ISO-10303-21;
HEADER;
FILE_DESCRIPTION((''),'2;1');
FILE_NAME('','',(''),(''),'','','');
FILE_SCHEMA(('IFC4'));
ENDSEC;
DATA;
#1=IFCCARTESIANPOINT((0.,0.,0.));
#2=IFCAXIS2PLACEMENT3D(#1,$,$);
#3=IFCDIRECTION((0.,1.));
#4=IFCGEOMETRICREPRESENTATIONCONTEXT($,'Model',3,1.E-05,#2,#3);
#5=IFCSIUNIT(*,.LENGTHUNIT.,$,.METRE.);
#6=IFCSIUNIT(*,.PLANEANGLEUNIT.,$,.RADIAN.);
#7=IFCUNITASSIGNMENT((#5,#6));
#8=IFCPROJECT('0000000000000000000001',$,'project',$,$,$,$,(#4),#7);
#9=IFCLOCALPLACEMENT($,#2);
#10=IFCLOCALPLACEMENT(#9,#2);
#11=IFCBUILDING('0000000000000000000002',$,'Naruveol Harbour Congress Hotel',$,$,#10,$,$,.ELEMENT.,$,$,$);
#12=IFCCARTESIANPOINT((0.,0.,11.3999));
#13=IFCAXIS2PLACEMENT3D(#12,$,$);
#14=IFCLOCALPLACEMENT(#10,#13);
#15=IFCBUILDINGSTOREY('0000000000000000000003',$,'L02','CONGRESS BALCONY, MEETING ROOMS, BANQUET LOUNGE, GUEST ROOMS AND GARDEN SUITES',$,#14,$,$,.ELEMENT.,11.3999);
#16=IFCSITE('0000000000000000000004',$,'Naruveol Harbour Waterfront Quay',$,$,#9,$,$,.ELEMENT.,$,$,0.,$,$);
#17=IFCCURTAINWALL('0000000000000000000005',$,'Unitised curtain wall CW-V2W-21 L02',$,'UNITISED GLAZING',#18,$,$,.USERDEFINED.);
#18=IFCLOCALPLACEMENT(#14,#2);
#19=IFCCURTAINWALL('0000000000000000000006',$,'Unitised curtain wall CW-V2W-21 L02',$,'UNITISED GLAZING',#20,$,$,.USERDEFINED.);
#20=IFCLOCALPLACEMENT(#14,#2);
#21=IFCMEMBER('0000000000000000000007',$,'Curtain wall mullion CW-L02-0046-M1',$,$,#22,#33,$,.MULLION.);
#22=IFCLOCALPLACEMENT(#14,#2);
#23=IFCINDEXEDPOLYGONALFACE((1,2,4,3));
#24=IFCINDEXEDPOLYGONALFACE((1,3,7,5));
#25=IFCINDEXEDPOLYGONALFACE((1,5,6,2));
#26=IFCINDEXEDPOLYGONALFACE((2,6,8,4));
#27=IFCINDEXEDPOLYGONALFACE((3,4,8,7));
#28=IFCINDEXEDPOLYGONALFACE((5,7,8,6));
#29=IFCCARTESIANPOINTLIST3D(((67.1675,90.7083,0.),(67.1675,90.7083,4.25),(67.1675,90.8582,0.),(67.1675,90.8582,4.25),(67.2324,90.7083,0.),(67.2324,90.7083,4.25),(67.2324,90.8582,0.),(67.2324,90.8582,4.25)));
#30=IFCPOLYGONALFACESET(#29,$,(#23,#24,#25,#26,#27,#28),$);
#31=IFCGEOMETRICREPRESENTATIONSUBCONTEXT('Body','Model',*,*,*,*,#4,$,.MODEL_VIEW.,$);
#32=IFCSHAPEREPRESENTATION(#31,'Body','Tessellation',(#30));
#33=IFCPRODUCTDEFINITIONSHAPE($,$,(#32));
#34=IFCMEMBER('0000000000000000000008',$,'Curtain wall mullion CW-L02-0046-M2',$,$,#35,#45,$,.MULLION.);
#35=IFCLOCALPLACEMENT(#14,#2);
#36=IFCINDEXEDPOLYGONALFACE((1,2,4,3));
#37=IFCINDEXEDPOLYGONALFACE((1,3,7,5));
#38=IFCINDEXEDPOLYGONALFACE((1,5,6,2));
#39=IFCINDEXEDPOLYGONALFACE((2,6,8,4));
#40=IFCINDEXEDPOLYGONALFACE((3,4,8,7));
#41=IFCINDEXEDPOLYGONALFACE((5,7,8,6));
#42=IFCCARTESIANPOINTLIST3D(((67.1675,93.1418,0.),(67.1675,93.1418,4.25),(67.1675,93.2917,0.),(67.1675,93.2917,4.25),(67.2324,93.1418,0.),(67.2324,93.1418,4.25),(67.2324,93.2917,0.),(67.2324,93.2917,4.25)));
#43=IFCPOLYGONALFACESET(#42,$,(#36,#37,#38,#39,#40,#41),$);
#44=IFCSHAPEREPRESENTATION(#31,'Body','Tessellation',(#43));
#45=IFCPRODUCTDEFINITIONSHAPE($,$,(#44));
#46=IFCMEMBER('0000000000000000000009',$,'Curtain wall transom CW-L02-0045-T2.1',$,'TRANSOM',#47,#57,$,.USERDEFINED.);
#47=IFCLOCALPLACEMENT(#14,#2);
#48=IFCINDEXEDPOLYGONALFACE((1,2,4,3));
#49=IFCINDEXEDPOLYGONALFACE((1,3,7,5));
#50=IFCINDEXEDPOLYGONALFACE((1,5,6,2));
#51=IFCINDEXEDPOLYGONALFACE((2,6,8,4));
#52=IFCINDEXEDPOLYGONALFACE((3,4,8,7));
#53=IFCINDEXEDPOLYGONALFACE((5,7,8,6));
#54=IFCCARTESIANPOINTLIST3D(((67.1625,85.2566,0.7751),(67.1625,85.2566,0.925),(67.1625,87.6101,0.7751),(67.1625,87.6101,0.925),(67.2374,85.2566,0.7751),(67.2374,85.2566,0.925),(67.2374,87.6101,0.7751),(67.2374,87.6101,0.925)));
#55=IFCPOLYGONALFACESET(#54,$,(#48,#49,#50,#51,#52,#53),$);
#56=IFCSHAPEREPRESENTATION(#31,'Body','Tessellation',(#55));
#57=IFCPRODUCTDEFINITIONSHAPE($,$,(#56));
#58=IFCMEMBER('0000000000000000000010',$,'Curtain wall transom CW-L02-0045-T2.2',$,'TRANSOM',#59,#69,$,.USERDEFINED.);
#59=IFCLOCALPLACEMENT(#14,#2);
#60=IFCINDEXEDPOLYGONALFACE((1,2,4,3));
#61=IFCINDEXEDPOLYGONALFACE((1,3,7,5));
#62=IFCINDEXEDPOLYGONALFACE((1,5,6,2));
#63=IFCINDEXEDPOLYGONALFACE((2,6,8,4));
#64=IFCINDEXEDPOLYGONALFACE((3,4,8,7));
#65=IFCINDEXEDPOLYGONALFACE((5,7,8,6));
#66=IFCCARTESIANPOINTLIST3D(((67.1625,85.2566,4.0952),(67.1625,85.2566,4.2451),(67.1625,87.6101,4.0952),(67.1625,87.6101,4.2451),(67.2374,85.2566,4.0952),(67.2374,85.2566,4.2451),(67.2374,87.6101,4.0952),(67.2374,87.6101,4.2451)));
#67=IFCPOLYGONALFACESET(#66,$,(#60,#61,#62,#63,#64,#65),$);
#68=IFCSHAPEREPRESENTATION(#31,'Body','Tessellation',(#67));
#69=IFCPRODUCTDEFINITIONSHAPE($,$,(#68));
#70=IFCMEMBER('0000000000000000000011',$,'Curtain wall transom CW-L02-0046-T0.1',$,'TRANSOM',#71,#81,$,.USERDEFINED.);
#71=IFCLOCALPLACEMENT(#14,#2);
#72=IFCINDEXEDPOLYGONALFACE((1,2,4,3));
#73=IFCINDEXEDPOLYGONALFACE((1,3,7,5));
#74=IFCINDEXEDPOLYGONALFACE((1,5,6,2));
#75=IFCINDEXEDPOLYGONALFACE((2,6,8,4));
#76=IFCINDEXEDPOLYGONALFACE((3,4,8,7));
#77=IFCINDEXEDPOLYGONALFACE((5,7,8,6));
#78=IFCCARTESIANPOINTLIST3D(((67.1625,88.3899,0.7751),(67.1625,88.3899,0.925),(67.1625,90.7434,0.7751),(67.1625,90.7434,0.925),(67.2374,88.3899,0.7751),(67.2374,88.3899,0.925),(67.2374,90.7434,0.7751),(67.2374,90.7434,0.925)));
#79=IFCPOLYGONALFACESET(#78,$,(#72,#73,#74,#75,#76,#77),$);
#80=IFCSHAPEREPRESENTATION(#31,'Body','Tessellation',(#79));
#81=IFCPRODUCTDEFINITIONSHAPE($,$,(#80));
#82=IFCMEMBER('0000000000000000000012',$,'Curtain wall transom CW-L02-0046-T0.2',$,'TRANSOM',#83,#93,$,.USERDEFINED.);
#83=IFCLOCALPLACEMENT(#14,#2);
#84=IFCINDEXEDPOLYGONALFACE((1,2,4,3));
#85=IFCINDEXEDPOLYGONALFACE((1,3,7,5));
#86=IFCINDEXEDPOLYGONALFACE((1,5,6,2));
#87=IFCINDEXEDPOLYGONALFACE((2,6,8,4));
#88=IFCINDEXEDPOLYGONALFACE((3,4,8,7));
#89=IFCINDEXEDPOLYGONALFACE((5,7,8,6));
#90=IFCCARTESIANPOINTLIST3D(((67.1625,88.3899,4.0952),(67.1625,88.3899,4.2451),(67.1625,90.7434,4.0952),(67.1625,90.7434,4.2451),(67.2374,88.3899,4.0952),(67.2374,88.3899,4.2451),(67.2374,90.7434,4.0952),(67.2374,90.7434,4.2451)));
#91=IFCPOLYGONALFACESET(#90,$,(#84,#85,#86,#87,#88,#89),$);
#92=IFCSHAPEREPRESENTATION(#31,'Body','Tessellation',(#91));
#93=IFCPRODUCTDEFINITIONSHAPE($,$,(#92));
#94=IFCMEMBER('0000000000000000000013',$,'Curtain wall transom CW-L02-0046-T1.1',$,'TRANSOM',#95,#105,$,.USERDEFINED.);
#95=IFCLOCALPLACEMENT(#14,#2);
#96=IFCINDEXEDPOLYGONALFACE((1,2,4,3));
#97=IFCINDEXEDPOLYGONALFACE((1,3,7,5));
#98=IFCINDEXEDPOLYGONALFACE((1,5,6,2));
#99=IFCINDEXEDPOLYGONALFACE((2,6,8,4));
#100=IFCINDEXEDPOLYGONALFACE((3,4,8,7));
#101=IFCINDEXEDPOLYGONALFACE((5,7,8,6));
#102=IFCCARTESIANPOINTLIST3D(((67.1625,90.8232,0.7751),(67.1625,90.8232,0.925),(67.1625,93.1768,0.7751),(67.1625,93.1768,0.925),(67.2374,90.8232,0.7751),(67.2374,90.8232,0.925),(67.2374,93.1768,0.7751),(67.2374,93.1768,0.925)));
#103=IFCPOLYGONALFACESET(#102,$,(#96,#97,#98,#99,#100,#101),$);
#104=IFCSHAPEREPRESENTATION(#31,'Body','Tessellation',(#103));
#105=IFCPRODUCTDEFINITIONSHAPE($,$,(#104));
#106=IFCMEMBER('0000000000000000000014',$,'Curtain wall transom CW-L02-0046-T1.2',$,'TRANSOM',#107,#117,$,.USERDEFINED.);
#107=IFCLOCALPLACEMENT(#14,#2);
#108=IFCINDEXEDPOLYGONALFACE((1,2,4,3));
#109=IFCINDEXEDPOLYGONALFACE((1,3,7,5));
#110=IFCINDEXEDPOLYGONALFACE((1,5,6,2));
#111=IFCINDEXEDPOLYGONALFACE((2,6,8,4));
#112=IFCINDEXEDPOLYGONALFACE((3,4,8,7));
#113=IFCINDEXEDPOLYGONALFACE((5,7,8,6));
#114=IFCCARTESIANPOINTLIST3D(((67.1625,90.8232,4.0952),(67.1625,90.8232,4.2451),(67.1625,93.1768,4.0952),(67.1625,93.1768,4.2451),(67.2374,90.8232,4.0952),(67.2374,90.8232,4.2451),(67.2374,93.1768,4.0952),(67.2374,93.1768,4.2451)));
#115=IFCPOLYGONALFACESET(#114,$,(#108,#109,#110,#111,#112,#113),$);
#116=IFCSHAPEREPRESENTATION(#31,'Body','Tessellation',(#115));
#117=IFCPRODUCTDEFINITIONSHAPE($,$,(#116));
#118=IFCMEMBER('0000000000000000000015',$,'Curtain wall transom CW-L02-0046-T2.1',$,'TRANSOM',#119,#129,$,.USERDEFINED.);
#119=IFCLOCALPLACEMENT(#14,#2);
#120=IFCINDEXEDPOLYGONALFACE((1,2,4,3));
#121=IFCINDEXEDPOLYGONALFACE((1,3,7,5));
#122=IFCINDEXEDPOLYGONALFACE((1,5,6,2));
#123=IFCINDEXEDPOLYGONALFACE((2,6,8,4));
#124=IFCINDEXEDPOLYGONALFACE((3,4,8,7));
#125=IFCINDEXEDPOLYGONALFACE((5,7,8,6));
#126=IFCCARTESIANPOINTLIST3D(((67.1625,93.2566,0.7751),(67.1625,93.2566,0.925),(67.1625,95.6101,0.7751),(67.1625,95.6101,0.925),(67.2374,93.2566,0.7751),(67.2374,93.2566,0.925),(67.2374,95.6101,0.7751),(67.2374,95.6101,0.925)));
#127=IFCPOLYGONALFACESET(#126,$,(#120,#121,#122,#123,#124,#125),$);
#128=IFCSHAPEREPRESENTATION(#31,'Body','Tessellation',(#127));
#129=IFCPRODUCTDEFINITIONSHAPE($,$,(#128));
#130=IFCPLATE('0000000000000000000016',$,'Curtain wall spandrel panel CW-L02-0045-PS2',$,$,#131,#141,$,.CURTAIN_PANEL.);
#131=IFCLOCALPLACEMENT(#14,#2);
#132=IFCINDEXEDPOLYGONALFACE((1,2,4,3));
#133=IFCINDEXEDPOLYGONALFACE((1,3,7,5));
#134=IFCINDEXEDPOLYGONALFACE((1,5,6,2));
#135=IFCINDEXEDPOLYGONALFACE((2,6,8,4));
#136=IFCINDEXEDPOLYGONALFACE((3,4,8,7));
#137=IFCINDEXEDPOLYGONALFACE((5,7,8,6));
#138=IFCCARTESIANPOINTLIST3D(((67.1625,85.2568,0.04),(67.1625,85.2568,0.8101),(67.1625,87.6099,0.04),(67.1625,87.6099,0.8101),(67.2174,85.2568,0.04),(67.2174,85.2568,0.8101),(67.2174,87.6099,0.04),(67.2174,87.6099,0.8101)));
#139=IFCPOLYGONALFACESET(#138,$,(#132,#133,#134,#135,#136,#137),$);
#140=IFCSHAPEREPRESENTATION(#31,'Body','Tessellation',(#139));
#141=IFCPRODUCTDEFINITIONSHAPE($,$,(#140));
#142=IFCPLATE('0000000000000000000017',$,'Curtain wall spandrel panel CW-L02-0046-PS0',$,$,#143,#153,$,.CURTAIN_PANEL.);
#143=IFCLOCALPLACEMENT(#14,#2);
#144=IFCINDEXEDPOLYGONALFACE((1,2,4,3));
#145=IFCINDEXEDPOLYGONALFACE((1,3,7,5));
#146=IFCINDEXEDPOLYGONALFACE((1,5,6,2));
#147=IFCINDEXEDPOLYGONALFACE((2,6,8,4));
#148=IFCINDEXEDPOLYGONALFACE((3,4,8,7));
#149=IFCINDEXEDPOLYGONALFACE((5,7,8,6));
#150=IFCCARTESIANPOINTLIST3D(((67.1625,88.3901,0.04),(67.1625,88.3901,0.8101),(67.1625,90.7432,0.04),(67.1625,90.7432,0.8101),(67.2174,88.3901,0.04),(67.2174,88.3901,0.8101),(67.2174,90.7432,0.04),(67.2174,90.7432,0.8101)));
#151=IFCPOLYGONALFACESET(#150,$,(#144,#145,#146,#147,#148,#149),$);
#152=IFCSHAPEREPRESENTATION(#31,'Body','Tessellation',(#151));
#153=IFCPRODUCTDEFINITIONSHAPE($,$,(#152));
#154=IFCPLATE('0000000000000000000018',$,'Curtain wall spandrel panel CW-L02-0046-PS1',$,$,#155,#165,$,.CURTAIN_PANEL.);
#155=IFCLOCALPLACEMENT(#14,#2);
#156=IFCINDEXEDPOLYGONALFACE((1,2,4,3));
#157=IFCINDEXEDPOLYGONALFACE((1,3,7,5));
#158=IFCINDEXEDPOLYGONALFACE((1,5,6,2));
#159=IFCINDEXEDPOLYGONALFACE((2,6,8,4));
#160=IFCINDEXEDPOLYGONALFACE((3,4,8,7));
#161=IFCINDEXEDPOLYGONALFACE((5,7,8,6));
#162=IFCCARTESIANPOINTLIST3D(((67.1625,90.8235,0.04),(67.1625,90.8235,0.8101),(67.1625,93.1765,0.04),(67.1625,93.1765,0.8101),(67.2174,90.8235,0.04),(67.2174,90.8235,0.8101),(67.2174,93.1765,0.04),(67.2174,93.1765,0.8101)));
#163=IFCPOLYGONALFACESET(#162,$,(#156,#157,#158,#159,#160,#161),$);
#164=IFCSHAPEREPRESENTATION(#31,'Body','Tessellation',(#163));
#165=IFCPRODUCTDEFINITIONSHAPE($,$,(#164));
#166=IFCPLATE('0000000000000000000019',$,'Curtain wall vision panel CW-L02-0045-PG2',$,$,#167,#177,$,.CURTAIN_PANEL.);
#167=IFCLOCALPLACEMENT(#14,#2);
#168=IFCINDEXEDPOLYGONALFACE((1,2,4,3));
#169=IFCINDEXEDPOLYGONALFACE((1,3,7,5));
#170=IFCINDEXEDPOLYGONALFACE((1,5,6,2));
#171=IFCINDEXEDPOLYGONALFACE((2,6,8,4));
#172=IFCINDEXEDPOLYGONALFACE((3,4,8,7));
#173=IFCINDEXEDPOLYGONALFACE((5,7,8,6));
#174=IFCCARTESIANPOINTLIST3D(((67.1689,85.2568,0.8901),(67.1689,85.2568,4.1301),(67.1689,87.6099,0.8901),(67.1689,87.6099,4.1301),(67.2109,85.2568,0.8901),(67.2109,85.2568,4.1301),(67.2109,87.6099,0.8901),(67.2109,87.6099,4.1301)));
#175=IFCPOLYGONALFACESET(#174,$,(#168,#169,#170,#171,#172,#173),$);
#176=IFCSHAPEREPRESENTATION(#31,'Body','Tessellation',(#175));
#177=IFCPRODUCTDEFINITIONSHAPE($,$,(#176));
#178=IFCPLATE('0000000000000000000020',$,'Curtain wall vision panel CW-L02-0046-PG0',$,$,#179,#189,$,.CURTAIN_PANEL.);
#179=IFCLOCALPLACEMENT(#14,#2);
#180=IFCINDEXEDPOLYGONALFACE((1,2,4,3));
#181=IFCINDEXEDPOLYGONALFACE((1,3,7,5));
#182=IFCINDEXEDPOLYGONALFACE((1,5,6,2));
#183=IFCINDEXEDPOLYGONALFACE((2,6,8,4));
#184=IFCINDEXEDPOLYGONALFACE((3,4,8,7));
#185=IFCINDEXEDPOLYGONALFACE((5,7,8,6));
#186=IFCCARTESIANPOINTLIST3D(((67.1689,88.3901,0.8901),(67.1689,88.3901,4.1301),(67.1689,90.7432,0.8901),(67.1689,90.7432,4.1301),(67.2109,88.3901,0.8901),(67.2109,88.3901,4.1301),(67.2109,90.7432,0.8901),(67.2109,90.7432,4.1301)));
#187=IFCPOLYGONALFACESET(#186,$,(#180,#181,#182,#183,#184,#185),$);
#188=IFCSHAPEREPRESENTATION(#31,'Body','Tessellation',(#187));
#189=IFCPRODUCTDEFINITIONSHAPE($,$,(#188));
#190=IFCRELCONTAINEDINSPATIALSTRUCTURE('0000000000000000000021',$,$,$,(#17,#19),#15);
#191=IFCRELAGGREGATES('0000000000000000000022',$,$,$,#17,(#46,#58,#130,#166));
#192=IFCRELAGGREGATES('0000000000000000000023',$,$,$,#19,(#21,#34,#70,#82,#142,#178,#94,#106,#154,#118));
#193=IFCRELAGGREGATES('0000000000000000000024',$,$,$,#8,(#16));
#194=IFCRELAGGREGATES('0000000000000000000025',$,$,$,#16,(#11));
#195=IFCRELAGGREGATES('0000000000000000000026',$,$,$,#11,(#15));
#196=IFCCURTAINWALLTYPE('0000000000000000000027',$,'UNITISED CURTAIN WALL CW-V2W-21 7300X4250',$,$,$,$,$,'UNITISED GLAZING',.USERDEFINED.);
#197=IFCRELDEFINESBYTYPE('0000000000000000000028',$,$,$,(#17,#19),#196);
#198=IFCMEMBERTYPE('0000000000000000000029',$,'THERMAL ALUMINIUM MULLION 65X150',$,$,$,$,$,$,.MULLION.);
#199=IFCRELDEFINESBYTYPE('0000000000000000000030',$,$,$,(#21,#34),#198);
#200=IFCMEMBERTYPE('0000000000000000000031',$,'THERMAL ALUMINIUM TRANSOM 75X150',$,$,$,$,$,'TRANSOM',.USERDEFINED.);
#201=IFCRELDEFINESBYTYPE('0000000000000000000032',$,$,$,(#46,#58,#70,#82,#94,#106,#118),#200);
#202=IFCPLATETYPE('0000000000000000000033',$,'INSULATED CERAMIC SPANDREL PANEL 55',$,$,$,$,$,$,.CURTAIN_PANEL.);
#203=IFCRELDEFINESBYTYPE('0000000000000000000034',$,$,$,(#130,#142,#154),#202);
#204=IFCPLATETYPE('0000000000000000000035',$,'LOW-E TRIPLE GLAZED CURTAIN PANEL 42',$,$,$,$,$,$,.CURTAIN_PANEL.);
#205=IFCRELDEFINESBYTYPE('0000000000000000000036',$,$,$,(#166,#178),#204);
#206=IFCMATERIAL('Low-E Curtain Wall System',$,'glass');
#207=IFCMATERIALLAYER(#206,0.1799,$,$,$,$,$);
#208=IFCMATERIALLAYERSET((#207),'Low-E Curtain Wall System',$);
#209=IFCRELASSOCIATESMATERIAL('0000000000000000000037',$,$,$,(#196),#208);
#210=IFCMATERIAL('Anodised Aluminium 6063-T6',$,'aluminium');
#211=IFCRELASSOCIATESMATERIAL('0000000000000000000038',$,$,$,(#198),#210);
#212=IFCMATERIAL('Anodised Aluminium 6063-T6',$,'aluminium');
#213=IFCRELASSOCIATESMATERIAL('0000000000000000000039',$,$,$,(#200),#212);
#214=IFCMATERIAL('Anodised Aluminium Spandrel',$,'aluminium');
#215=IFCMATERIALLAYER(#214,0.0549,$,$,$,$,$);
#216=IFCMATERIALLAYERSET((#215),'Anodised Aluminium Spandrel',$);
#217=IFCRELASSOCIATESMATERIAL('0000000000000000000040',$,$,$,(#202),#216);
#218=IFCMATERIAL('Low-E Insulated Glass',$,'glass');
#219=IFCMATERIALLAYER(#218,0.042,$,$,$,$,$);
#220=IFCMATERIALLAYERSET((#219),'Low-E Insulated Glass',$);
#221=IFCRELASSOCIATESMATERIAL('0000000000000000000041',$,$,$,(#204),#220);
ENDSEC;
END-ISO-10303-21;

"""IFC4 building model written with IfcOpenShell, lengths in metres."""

from ifc_helpers import new_model, si_unit, direction, frame, origin, origin_2d, place, context, subcontext, project, spatial, rectangle, extrude, material, layer, layer_set, material_profile, profile_set, type_object, element, aggregate, save


model = new_model("IFC4")

# Units and contexts
model_context = context("Model", 3, precision=1e-05, world=origin(), true_north=direction((0.0, 1.0)))
body_context = subcontext(model_context, "Body", "Model", "MODEL_VIEW")
ifc_project = project(units=[si_unit("LENGTHUNIT", "METRE"), si_unit("PLANEANGLEUNIT", "RADIAN")], contexts=[model_context])

# Site, building, storey
site_placement = place(None, origin())
site = spatial("IfcSite", under=ifc_project, at=site_placement, Name="Naruveol Harbour Waterfront Quay", CompositionType="ELEMENT", RefElevation=0.0)
building_placement = place(site_placement, origin())
building = spatial("IfcBuilding", under=site, at=building_placement, Name="Naruveol Harbour Congress Hotel", CompositionType="ELEMENT")
storey_placement = place(building_placement, frame((0.0, 0.0, 11.3999)))
storey = spatial("IfcBuildingStorey", under=building, at=storey_placement, Name="L02", Description="CONGRESS BALCONY, MEETING ROOMS, BANQUET LOUNGE, GUEST ROOMS AND GARDEN SUITES", CompositionType="ELEMENT", Elevation=11.3999)

# Curtain walls, members
ifc_material_1 = material(Name="Low-E Curtain Wall System", Category="glass")
ifc_layer_1 = layer(ifc_material_1, 0.1799)
ifc_layer_set_1 = layer_set([ifc_layer_1], Name="Low-E Curtain Wall System")
curtain_wall_type = type_object("IfcCurtainWallType", Name="UNITISED CURTAIN WALL CW-V2W-21 7300X4250", ElementType="UNITISED GLAZING", PredefinedType="USERDEFINED", material=ifc_layer_set_1)
curtain_wall_1_placement = place(storey_placement, origin())
curtain_wall_1 = element("IfcCurtainWall", 1, at=curtain_wall_1_placement, inside=storey, type_object=curtain_wall_type, Name="Unitised curtain wall CW-V2W-21 L02", ObjectType="UNITISED GLAZING", PredefinedType="USERDEFINED")
ifc_material_2 = material(Name="Anodised Aluminium 6063-T6", Category="aluminium")
ifc_material_profile_1 = material_profile(ifc_material_2, rectangle(XDim=0.0649, YDim=0.1499, at=origin_2d()), Name="ALU-65x150")
ifc_profile_set_1 = profile_set([ifc_material_profile_1], Name="Anodised Aluminium 6063-T6")
member_type_1 = type_object("IfcMemberType", Name="THERMAL ALUMINIUM MULLION 65X150", PredefinedType="MULLION", material=ifc_profile_set_1)
curtain_wall_2_placement = place(storey_placement, origin())
curtain_wall_2 = element("IfcCurtainWall", 2, at=curtain_wall_2_placement, inside=storey, type_object=curtain_wall_type, Name="Unitised curtain wall CW-V2W-21 L02", ObjectType="UNITISED GLAZING", PredefinedType="USERDEFINED")
member_1_placement = place(storey_placement, frame((67.2, 90.7832, 0.0), z_axis=(0.0, 0.0, 1.0), x_axis=(1.0, 0.0, 0.0)))
member_1 = element("IfcMember", 3, at=member_1_placement, type_object=member_type_1, Name="Curtain wall mullion CW-L02-0046-M1", PredefinedType="MULLION", context=body_context, shape_type="SweptSolid", body=[
    extrude(rectangle(XDim=0.0649, YDim=0.1499, at=origin_2d()), origin(), (0.0, 0.0, 1.0), 4.25),
])
member_2_placement = place(storey_placement, frame((67.2, 93.2168, 0.0), z_axis=(0.0, 0.0, 1.0), x_axis=(1.0, 0.0, 0.0)))
member_2 = element("IfcMember", 4, at=member_2_placement, type_object=member_type_1, Name="Curtain wall mullion CW-L02-0046-M2", PredefinedType="MULLION", context=body_context, shape_type="SweptSolid", body=[
    extrude(rectangle(XDim=0.0649, YDim=0.1499, at=origin_2d()), origin(), (0.0, 0.0, 1.0), 4.25),
])

# Members
ifc_material_3 = material(Name="Anodised Aluminium 6063-T6", Category="aluminium")
ifc_material_profile_2 = material_profile(ifc_material_3, rectangle(XDim=0.075, YDim=0.1499, at=origin_2d()), Name="ALU-75x150")
ifc_profile_set_2 = profile_set([ifc_material_profile_2], Name="Anodised Aluminium 6063-T6")
member_type_2 = type_object("IfcMemberType", Name="THERMAL ALUMINIUM TRANSOM 75X150", ElementType="TRANSOM", PredefinedType="USERDEFINED", material=ifc_profile_set_2)
member_3_placement = place(storey_placement, frame((67.2, 85.2566, 0.8501), z_axis=(0.0, 1.0, 0.0), x_axis=(-1.0, 0.0, 0.0)))
member_3 = element("IfcMember", 5, at=member_3_placement, type_object=member_type_2, Name="Curtain wall transom CW-L02-0045-T2.1", ObjectType="TRANSOM", PredefinedType="USERDEFINED", context=body_context, shape_type="SweptSolid", body=[
    extrude(rectangle(XDim=0.075, YDim=0.1499, at=origin_2d()), origin(), (0.0, 0.0, 1.0), 2.3535),
])
member_4_placement = place(storey_placement, frame((67.2, 85.2566, 4.1702), z_axis=(0.0, 1.0, 0.0), x_axis=(-1.0, 0.0, 0.0)))
member_4 = element("IfcMember", 6, at=member_4_placement, type_object=member_type_2, Name="Curtain wall transom CW-L02-0045-T2.2", ObjectType="TRANSOM", PredefinedType="USERDEFINED", context=body_context, shape_type="SweptSolid", body=[
    extrude(rectangle(XDim=0.075, YDim=0.1499, at=origin_2d()), origin(), (0.0, 0.0, 1.0), 2.3535),
])
member_5_placement = place(storey_placement, frame((67.2, 88.3899, 0.8501), z_axis=(0.0, 1.0, 0.0), x_axis=(-1.0, 0.0, 0.0)))
member_5 = element("IfcMember", 7, at=member_5_placement, type_object=member_type_2, Name="Curtain wall transom CW-L02-0046-T0.1", ObjectType="TRANSOM", PredefinedType="USERDEFINED", context=body_context, shape_type="SweptSolid", body=[
    extrude(rectangle(XDim=0.075, YDim=0.1499, at=origin_2d()), origin(), (0.0, 0.0, 1.0), 2.3535),
])
member_6_placement = place(storey_placement, frame((67.2, 88.3899, 4.1702), z_axis=(0.0, 1.0, 0.0), x_axis=(-1.0, 0.0, 0.0)))
member_6 = element("IfcMember", 8, at=member_6_placement, type_object=member_type_2, Name="Curtain wall transom CW-L02-0046-T0.2", ObjectType="TRANSOM", PredefinedType="USERDEFINED", context=body_context, shape_type="SweptSolid", body=[
    extrude(rectangle(XDim=0.075, YDim=0.1499, at=origin_2d()), origin(), (0.0, 0.0, 1.0), 2.3535),
])
member_7_placement = place(storey_placement, frame((67.2, 90.8232, 0.8501), z_axis=(0.0, 1.0, 0.0), x_axis=(-1.0, 0.0, 0.0)))
member_7 = element("IfcMember", 9, at=member_7_placement, type_object=member_type_2, Name="Curtain wall transom CW-L02-0046-T1.1", ObjectType="TRANSOM", PredefinedType="USERDEFINED", context=body_context, shape_type="SweptSolid", body=[
    extrude(rectangle(XDim=0.075, YDim=0.1499, at=origin_2d()), origin(), (0.0, 0.0, 1.0), 2.3535),
])
member_8_placement = place(storey_placement, frame((67.2, 90.8232, 4.1702), z_axis=(0.0, 1.0, 0.0), x_axis=(-1.0, 0.0, 0.0)))
member_8 = element("IfcMember", 10, at=member_8_placement, type_object=member_type_2, Name="Curtain wall transom CW-L02-0046-T1.2", ObjectType="TRANSOM", PredefinedType="USERDEFINED", context=body_context, shape_type="SweptSolid", body=[
    extrude(rectangle(XDim=0.075, YDim=0.1499, at=origin_2d()), origin(), (0.0, 0.0, 1.0), 2.3535),
])
member_9_placement = place(storey_placement, frame((67.2, 93.2566, 0.8501), z_axis=(0.0, 1.0, 0.0), x_axis=(-1.0, 0.0, 0.0)))
member_9 = element("IfcMember", 11, at=member_9_placement, type_object=member_type_2, Name="Curtain wall transom CW-L02-0046-T2.1", ObjectType="TRANSOM", PredefinedType="USERDEFINED", context=body_context, shape_type="SweptSolid", body=[
    extrude(rectangle(XDim=0.075, YDim=0.1499, at=origin_2d()), origin(), (0.0, 0.0, 1.0), 2.3535),
])

# Plates
ifc_material_4 = material(Name="Anodised Aluminium Spandrel", Category="aluminium")
ifc_layer_2 = layer(ifc_material_4, 0.0549)
ifc_layer_set_2 = layer_set([ifc_layer_2], Name="Anodised Aluminium Spandrel")
plate_type_1 = type_object("IfcPlateType", Name="INSULATED CERAMIC SPANDREL PANEL 55", PredefinedType="CURTAIN_PANEL", material=ifc_layer_set_2)
plate_1_placement = place(storey_placement, frame((67.1899, 86.4333, 0.04), z_axis=(0.0, 0.0, 1.0), x_axis=(0.0, 1.0, 0.0)))
plate_1 = element("IfcPlate", 12, at=plate_1_placement, type_object=plate_type_1, Name="Curtain wall spandrel panel CW-L02-0045-PS2", PredefinedType="CURTAIN_PANEL", context=body_context, shape_type="SweptSolid", body=[
    extrude(rectangle(XDim=2.353, YDim=0.0549, at=origin_2d()), origin(), (0.0, 0.0, 1.0), 0.77),
])
plate_2_placement = place(storey_placement, frame((67.1899, 89.5667, 0.04), z_axis=(0.0, 0.0, 1.0), x_axis=(0.0, 1.0, 0.0)))
plate_2 = element("IfcPlate", 13, at=plate_2_placement, type_object=plate_type_1, Name="Curtain wall spandrel panel CW-L02-0046-PS0", PredefinedType="CURTAIN_PANEL", context=body_context, shape_type="SweptSolid", body=[
    extrude(rectangle(XDim=2.353, YDim=0.0549, at=origin_2d()), origin(), (0.0, 0.0, 1.0), 0.77),
])
plate_3_placement = place(storey_placement, frame((67.1899, 92.0, 0.04), z_axis=(0.0, 0.0, 1.0), x_axis=(0.0, 1.0, 0.0)))
plate_3 = element("IfcPlate", 14, at=plate_3_placement, type_object=plate_type_1, Name="Curtain wall spandrel panel CW-L02-0046-PS1", PredefinedType="CURTAIN_PANEL", context=body_context, shape_type="SweptSolid", body=[
    extrude(rectangle(XDim=2.353, YDim=0.0549, at=origin_2d()), origin(), (0.0, 0.0, 1.0), 0.77),
])
ifc_material_5 = material(Name="Low-E Insulated Glass", Category="glass")
ifc_layer_3 = layer(ifc_material_5, 0.042)
ifc_layer_set_3 = layer_set([ifc_layer_3], Name="Low-E Insulated Glass")
plate_type_2 = type_object("IfcPlateType", Name="LOW-E TRIPLE GLAZED CURTAIN PANEL 42", PredefinedType="CURTAIN_PANEL", material=ifc_layer_set_3)
plate_4_placement = place(storey_placement, frame((67.1899, 86.4333, 0.8901), z_axis=(0.0, 0.0, 1.0), x_axis=(0.0, 1.0, 0.0)))
plate_4 = element("IfcPlate", 15, at=plate_4_placement, type_object=plate_type_2, Name="Curtain wall vision panel CW-L02-0045-PG2", PredefinedType="CURTAIN_PANEL", context=body_context, shape_type="SweptSolid", body=[
    extrude(rectangle(XDim=2.353, YDim=0.042, at=origin_2d()), origin(), (0.0, 0.0, 1.0), 3.24),
])
aggregate(curtain_wall_1, [member_3, member_4, plate_1, plate_4])
plate_5_placement = place(storey_placement, frame((67.1899, 89.5667, 0.8901), z_axis=(0.0, 0.0, 1.0), x_axis=(0.0, 1.0, 0.0)))
plate_5 = element("IfcPlate", 16, at=plate_5_placement, type_object=plate_type_2, Name="Curtain wall vision panel CW-L02-0046-PG0", PredefinedType="CURTAIN_PANEL", context=body_context, shape_type="SweptSolid", body=[
    extrude(rectangle(XDim=2.353, YDim=0.042, at=origin_2d()), origin(), (0.0, 0.0, 1.0), 3.24),
])
aggregate(curtain_wall_2, [member_1, member_2, member_5, member_6, plate_2, plate_5, member_7, member_8, plate_3, member_9])

save(model, "model.ifc")
